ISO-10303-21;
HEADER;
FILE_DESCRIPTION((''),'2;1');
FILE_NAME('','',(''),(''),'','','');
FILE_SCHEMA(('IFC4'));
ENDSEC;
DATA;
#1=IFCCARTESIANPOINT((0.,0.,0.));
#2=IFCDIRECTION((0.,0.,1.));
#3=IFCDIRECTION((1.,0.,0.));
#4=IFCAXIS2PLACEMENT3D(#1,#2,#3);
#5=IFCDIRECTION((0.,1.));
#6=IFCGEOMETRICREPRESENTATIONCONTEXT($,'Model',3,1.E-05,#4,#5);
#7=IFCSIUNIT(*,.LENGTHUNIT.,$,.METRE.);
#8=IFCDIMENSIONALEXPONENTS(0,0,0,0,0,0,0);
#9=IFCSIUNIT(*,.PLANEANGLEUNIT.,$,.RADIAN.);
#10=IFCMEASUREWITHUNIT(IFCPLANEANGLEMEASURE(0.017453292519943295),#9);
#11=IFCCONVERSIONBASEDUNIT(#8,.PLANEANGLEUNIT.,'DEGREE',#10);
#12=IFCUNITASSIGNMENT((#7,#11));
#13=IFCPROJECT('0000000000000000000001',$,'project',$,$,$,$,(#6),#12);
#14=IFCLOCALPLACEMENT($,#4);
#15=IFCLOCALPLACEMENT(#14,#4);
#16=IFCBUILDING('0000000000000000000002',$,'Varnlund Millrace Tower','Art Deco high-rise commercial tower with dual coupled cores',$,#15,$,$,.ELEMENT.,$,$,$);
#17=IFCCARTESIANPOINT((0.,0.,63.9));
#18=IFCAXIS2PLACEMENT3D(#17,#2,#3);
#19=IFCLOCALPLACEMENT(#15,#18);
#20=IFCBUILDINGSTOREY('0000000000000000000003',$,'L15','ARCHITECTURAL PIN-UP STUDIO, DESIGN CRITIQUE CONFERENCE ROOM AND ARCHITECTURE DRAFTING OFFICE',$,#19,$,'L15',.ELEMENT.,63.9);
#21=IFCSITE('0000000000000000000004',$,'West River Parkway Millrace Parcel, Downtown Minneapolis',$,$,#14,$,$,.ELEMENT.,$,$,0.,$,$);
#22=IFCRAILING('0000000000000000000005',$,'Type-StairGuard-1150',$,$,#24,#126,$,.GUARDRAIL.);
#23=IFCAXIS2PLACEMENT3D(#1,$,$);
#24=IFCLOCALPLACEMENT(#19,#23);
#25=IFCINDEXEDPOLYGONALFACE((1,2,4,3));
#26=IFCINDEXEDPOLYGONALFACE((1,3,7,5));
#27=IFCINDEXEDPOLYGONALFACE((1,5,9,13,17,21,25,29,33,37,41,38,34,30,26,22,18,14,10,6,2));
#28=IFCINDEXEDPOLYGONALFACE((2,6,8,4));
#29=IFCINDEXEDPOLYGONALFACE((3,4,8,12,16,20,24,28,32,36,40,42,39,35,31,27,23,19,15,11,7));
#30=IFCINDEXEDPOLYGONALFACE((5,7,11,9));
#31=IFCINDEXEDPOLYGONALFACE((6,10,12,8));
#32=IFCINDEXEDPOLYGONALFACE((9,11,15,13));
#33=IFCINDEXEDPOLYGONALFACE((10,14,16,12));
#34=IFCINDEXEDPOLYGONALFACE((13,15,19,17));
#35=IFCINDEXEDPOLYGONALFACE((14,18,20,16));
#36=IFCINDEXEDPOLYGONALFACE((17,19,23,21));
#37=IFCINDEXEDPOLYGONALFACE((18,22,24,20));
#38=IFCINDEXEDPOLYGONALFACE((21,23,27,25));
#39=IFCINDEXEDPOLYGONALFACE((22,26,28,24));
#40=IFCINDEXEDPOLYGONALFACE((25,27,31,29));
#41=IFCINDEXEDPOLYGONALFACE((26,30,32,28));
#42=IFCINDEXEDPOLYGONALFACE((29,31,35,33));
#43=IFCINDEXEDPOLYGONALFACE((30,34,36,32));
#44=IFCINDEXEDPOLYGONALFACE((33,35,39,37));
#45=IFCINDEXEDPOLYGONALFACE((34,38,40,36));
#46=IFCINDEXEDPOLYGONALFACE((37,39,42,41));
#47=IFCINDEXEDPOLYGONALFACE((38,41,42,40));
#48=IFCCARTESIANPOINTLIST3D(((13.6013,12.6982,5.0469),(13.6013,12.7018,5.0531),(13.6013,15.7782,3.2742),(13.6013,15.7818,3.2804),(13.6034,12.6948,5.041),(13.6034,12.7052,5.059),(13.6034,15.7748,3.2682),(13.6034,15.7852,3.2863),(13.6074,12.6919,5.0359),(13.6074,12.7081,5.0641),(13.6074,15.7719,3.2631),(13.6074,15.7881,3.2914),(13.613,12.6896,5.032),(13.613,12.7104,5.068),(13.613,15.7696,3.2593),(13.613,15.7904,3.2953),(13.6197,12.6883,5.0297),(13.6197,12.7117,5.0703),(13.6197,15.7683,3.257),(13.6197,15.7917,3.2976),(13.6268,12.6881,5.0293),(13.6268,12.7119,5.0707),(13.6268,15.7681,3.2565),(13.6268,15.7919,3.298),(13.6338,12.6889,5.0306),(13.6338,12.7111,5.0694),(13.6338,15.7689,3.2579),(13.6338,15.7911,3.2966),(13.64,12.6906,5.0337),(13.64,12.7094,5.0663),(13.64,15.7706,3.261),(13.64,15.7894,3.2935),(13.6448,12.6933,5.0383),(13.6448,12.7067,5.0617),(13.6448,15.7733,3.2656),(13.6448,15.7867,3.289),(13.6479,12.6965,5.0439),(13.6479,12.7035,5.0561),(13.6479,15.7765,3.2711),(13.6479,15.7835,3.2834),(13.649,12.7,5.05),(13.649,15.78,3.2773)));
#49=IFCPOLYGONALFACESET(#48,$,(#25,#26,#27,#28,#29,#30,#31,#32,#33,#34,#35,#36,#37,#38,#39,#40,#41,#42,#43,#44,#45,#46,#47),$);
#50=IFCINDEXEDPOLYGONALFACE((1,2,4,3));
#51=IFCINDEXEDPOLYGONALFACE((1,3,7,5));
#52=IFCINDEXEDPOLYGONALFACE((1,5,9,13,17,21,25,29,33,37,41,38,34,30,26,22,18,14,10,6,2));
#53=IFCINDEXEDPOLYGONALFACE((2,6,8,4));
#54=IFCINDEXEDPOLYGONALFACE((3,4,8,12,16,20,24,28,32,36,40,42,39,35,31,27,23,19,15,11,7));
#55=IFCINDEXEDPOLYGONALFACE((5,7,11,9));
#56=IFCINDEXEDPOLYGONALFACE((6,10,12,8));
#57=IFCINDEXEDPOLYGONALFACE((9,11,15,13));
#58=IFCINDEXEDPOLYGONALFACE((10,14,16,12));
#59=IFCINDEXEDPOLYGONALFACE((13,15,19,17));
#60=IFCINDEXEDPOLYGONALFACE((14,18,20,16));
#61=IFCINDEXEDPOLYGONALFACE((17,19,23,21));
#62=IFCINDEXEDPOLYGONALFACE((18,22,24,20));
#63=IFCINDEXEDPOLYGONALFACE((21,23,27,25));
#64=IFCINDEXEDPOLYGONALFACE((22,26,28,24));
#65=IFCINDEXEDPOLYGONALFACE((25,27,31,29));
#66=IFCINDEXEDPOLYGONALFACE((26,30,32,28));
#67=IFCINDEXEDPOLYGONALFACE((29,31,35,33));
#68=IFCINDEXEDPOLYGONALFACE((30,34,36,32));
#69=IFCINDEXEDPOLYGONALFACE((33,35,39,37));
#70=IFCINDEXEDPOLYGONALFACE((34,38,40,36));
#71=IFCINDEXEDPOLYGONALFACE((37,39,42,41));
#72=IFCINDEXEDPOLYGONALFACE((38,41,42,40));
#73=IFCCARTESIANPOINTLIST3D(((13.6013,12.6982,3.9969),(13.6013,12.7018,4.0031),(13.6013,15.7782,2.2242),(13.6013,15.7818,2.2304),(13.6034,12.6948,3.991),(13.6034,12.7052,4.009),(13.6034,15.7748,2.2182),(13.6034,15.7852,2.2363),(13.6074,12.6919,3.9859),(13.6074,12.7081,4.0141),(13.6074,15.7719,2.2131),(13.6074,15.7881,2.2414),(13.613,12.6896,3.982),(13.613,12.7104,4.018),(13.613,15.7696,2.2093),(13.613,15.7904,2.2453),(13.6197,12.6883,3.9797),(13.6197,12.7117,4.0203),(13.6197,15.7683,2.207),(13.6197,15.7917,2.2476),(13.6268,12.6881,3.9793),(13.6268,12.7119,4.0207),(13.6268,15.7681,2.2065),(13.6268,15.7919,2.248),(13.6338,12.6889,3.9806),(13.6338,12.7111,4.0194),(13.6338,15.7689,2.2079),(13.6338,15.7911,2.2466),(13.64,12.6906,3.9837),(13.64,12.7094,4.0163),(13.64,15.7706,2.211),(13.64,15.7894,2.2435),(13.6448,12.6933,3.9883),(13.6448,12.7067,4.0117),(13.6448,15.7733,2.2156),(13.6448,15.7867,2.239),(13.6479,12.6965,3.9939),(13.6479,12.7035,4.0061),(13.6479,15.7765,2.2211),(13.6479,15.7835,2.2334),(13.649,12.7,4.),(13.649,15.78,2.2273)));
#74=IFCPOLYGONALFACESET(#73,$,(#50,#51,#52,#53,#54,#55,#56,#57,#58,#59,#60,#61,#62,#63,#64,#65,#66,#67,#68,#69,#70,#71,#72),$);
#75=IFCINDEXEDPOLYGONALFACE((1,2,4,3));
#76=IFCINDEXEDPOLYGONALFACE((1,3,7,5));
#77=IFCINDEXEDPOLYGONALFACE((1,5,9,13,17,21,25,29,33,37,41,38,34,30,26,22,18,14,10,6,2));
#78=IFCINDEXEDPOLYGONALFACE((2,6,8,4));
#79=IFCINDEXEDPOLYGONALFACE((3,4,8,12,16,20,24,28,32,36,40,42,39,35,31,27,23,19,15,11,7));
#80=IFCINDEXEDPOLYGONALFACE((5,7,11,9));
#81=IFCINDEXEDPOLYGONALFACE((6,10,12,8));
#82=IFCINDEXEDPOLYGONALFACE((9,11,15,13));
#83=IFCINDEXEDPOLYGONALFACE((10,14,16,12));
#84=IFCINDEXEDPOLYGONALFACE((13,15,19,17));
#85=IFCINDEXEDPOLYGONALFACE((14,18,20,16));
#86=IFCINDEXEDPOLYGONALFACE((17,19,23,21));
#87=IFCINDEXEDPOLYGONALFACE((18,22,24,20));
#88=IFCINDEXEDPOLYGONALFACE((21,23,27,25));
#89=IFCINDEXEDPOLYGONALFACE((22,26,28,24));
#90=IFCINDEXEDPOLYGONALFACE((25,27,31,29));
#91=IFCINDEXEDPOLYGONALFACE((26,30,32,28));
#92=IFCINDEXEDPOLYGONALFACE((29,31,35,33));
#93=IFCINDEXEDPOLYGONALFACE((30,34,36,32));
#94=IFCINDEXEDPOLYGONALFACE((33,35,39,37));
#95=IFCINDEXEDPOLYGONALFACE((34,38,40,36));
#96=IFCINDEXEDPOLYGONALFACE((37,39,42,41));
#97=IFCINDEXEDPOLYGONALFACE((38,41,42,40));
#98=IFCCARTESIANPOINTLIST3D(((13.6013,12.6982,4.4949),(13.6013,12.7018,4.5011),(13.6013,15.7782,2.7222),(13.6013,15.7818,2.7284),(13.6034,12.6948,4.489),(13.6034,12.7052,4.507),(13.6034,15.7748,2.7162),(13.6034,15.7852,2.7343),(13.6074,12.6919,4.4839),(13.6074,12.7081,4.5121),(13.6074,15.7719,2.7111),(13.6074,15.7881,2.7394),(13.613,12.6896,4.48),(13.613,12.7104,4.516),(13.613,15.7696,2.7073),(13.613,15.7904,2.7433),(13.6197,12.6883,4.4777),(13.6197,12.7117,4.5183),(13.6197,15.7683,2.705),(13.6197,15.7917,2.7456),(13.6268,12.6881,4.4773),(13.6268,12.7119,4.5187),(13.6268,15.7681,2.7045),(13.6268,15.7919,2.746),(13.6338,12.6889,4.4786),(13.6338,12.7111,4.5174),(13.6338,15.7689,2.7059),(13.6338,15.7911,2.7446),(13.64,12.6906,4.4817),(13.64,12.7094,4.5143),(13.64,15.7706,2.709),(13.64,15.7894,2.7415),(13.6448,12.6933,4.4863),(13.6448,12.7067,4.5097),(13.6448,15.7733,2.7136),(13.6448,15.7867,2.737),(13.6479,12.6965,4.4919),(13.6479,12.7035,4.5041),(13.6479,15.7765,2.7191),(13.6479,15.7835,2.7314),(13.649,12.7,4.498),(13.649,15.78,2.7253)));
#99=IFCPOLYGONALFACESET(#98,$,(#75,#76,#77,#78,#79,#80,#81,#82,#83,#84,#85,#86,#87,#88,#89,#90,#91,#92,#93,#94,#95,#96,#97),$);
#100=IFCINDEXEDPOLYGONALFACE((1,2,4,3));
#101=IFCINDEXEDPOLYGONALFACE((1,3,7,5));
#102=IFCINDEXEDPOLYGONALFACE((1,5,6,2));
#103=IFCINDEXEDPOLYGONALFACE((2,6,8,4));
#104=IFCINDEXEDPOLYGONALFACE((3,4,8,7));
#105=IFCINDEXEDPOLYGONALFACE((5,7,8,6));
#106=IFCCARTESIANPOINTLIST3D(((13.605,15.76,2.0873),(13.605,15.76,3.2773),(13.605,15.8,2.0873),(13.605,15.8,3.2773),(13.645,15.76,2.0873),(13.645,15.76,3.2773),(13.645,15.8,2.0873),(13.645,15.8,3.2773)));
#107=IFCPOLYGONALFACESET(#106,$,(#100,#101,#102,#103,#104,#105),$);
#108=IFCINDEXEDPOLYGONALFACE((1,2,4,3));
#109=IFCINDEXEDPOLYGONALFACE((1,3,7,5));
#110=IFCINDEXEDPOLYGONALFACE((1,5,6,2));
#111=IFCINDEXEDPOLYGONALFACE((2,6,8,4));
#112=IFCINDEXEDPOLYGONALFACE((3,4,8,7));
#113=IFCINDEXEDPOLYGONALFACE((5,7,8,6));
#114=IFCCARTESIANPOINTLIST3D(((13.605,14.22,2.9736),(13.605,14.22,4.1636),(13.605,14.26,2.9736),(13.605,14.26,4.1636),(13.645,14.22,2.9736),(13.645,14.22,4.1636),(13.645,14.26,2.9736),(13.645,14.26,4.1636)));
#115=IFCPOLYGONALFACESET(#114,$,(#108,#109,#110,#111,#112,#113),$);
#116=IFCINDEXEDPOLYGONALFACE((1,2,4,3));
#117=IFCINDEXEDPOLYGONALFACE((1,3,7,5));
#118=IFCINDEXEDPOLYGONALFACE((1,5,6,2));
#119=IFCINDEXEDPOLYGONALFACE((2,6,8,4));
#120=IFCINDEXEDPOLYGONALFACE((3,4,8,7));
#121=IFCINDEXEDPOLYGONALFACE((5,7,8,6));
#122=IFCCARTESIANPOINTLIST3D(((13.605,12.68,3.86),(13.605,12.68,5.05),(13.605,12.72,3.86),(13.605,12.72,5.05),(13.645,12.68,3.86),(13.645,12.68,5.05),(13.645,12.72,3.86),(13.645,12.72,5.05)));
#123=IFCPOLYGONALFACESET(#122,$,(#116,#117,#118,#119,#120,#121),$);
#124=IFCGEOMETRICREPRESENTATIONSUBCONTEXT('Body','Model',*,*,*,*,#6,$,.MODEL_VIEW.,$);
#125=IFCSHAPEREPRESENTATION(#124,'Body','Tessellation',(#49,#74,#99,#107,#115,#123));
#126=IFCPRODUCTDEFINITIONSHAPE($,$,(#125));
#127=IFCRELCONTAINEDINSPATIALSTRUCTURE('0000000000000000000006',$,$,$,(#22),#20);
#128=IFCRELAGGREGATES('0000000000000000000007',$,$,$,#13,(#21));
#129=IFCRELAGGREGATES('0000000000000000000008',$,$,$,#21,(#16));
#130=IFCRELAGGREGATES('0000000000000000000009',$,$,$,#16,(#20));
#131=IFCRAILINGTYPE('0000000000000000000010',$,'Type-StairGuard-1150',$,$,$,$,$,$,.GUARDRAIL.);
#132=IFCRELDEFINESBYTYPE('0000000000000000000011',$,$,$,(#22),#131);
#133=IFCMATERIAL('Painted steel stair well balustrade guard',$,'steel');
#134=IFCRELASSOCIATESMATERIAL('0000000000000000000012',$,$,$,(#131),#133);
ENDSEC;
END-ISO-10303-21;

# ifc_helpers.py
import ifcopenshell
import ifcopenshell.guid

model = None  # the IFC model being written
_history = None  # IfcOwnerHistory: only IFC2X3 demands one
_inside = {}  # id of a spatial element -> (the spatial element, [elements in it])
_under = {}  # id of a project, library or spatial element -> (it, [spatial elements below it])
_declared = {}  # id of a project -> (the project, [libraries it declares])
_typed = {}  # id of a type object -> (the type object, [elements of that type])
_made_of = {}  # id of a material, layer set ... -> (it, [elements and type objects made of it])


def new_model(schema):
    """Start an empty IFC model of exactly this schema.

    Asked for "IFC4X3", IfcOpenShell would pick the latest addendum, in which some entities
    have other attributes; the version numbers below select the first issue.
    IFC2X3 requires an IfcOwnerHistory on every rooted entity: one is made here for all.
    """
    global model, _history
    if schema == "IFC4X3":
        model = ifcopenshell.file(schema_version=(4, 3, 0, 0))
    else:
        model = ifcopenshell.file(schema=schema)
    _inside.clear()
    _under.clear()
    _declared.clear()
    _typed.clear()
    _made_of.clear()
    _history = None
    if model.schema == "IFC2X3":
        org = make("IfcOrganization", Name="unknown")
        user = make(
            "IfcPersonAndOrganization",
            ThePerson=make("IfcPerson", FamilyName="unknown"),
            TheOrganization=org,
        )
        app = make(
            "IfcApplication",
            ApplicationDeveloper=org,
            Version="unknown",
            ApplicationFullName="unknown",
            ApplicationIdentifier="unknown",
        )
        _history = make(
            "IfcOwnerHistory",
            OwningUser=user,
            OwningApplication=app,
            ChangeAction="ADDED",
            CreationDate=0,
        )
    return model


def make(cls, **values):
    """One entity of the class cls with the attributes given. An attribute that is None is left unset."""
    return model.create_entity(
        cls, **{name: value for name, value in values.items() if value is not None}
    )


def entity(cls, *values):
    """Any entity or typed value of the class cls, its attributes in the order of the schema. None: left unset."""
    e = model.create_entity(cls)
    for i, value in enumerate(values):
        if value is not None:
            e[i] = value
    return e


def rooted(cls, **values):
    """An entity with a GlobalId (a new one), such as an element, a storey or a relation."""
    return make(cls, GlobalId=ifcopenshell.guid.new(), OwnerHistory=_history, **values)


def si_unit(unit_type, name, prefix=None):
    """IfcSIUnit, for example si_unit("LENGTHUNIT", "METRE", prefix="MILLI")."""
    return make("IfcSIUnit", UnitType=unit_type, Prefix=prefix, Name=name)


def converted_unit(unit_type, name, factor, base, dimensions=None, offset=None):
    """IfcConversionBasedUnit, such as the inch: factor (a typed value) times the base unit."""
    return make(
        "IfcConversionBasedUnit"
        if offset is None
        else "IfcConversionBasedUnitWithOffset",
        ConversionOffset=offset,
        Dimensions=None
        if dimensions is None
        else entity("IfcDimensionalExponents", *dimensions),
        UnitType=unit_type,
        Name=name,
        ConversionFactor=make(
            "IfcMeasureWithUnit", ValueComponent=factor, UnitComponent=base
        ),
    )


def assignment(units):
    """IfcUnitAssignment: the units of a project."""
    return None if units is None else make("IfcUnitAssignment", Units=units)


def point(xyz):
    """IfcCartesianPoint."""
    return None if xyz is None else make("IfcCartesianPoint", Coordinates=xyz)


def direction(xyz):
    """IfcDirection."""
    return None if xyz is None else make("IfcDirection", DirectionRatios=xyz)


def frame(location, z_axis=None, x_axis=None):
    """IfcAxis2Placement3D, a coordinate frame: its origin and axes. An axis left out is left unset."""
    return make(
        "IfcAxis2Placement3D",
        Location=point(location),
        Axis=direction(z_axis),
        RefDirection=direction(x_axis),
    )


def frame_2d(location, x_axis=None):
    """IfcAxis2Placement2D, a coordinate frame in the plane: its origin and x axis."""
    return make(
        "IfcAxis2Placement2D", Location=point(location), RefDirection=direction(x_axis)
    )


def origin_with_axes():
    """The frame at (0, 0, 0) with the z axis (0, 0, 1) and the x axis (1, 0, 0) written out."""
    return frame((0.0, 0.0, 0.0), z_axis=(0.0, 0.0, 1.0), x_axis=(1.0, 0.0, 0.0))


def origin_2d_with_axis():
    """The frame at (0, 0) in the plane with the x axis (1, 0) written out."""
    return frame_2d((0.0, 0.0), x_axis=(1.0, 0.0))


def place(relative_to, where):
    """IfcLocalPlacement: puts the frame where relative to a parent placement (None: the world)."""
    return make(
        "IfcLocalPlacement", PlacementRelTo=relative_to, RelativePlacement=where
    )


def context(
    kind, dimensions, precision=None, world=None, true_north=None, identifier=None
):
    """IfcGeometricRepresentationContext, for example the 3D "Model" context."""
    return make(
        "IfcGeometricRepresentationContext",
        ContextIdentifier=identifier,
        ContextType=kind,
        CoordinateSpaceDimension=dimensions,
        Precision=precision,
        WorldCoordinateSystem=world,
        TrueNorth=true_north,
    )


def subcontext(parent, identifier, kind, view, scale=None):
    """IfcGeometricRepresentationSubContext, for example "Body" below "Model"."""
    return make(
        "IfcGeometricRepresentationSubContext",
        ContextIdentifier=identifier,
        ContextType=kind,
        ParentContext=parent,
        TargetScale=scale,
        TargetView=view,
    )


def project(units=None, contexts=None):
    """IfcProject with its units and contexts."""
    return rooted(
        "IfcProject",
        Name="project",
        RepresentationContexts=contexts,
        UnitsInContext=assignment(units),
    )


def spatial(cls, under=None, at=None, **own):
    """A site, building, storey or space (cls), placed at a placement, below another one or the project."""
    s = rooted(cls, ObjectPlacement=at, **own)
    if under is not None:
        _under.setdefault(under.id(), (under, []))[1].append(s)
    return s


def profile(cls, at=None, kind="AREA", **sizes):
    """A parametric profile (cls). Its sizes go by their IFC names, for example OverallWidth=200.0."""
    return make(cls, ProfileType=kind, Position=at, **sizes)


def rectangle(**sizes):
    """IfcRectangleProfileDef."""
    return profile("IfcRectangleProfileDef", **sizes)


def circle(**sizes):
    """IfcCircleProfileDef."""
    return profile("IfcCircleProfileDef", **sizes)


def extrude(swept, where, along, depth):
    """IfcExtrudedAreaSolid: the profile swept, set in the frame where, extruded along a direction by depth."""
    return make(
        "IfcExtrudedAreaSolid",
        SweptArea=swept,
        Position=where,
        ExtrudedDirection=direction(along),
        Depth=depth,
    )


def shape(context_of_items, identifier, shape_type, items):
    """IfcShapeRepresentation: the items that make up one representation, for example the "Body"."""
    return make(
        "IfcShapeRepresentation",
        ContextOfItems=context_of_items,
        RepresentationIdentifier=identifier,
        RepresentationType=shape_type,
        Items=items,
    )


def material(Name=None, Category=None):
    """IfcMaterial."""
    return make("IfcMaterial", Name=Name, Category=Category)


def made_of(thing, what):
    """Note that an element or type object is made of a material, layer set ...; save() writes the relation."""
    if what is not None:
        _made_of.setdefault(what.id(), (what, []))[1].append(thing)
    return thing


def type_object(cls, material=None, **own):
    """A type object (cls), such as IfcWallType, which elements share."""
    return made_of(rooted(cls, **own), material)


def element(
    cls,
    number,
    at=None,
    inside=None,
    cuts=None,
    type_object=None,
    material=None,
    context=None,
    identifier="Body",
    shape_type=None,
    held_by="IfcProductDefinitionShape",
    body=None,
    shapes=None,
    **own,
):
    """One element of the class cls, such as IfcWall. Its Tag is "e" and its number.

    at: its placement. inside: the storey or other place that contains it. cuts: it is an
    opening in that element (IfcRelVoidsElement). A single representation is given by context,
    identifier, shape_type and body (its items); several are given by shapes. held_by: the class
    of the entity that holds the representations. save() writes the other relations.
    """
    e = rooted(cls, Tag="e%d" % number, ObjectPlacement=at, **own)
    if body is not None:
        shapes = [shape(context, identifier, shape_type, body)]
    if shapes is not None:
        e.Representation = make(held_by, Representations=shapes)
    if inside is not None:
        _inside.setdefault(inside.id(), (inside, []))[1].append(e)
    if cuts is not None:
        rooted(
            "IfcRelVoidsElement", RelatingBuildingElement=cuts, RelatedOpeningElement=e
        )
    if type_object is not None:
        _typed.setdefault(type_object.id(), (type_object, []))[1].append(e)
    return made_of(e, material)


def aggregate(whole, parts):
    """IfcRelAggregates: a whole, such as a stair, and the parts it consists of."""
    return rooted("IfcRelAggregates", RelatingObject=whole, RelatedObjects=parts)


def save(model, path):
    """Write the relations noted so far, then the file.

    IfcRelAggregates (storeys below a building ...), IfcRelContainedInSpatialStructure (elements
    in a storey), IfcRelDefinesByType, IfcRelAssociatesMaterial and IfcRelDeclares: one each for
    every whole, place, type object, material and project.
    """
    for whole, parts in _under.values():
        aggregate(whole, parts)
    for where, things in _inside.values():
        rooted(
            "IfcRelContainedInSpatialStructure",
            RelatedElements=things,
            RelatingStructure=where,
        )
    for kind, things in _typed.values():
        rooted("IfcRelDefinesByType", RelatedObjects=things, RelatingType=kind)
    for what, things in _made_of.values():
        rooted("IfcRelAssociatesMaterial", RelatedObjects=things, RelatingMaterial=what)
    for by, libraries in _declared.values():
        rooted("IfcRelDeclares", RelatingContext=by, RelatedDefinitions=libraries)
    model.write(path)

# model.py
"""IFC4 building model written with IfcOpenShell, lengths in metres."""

from ifc_helpers import new_model, entity, si_unit, converted_unit, direction, frame, origin_with_axes, origin_2d_with_axis, place, context, subcontext, project, spatial, rectangle, circle, extrude, material, type_object, element, save


model = new_model("IFC4")

# Units and contexts
model_context = context("Model", 3, precision=1e-05, world=origin_with_axes(), true_north=direction((0.0, 1.0)))
body_context = subcontext(model_context, "Body", "Model", "MODEL_VIEW")
ifc_project = project(units=[si_unit("LENGTHUNIT", "METRE"), converted_unit("PLANEANGLEUNIT", "DEGREE", entity("IfcPlaneAngleMeasure", 0.017453292519943295), si_unit("PLANEANGLEUNIT", "RADIAN"), dimensions=[0, 0, 0, 0, 0, 0, 0])], contexts=[model_context])

# Site, building, storey
site_placement = place(None, origin_with_axes())
site = spatial("IfcSite", under=ifc_project, at=site_placement, Name="West River Parkway Millrace Parcel, Downtown Minneapolis", CompositionType="ELEMENT", RefElevation=0.0)
building_placement = place(site_placement, origin_with_axes())
building = spatial("IfcBuilding", under=site, at=building_placement, Name="Varnlund Millrace Tower", Description="Art Deco high-rise commercial tower with dual coupled cores", CompositionType="ELEMENT")
storey_placement = place(building_placement, frame((0.0, 0.0, 63.9), z_axis=(0.0, 0.0, 1.0), x_axis=(1.0, 0.0, 0.0)))
storey = spatial("IfcBuildingStorey", under=building, at=storey_placement, Name="L15", Description="ARCHITECTURAL PIN-UP STUDIO, DESIGN CRITIQUE CONFERENCE ROOM AND ARCHITECTURE DRAFTING OFFICE", LongName="L15", CompositionType="ELEMENT", Elevation=63.9)

# Railing
ifc_material_1 = material(Name="Painted steel stair well balustrade guard", Category="steel")
railing_type_1 = type_object("IfcRailingType", Name="Type-StairGuard-1150", PredefinedType="GUARDRAIL", material=ifc_material_1)
railing_1_placement = place(storey_placement, frame((0.0, 0.0, -63.9), z_axis=(0.0, 0.0, 1.0), x_axis=(1.0, 0.0, 0.0)))
element("IfcRailing", 1, at=railing_1_placement, inside=storey, type_object=railing_type_1, Name="Type-StairGuard-1150", PredefinedType="GUARDRAIL", context=body_context, shape_type="SweptSolid", body=[
    extrude(circle(Radius=0.024, at=origin_2d_with_axis()), frame((13.625, 15.78, 67.1773), z_axis=(0.0, -0.866696, 0.498836), x_axis=(1.0, 0.0, 0.0)), (0.0, 0.0, 1.0), 3.5537),
    extrude(circle(Radius=0.024, at=origin_2d_with_axis()), frame((13.625, 15.78, 66.1273), z_axis=(0.0, -0.866696, 0.498836), x_axis=(1.0, 0.0, 0.0)), (0.0, 0.0, 1.0), 3.5537),
    extrude(circle(Radius=0.024, at=origin_2d_with_axis()), frame((13.625, 15.78, 66.6253), z_axis=(0.0, -0.866696, 0.498836), x_axis=(1.0, 0.0, 0.0)), (0.0, 0.0, 1.0), 3.5537),
    extrude(rectangle(XDim=0.04, YDim=0.04, at=origin_2d_with_axis()), frame((13.625, 15.78, 65.9873), z_axis=(0.0, 0.0, 1.0), x_axis=(1.0, 0.0, 0.0)), (0.0, 0.0, 1.0), 1.19),
    extrude(rectangle(XDim=0.04, YDim=0.04, at=origin_2d_with_axis()), frame((13.625, 14.24, 66.8736), z_axis=(0.0, 0.0, 1.0), x_axis=(1.0, 0.0, 0.0)), (0.0, 0.0, 1.0), 1.19),
    extrude(rectangle(XDim=0.04, YDim=0.04, at=origin_2d_with_axis()), frame((13.625, 12.7, 67.76), z_axis=(0.0, 0.0, 1.0), x_axis=(1.0, 0.0, 0.0)), (0.0, 0.0, 1.0), 1.19),
])

save(model, "model.ifc")
